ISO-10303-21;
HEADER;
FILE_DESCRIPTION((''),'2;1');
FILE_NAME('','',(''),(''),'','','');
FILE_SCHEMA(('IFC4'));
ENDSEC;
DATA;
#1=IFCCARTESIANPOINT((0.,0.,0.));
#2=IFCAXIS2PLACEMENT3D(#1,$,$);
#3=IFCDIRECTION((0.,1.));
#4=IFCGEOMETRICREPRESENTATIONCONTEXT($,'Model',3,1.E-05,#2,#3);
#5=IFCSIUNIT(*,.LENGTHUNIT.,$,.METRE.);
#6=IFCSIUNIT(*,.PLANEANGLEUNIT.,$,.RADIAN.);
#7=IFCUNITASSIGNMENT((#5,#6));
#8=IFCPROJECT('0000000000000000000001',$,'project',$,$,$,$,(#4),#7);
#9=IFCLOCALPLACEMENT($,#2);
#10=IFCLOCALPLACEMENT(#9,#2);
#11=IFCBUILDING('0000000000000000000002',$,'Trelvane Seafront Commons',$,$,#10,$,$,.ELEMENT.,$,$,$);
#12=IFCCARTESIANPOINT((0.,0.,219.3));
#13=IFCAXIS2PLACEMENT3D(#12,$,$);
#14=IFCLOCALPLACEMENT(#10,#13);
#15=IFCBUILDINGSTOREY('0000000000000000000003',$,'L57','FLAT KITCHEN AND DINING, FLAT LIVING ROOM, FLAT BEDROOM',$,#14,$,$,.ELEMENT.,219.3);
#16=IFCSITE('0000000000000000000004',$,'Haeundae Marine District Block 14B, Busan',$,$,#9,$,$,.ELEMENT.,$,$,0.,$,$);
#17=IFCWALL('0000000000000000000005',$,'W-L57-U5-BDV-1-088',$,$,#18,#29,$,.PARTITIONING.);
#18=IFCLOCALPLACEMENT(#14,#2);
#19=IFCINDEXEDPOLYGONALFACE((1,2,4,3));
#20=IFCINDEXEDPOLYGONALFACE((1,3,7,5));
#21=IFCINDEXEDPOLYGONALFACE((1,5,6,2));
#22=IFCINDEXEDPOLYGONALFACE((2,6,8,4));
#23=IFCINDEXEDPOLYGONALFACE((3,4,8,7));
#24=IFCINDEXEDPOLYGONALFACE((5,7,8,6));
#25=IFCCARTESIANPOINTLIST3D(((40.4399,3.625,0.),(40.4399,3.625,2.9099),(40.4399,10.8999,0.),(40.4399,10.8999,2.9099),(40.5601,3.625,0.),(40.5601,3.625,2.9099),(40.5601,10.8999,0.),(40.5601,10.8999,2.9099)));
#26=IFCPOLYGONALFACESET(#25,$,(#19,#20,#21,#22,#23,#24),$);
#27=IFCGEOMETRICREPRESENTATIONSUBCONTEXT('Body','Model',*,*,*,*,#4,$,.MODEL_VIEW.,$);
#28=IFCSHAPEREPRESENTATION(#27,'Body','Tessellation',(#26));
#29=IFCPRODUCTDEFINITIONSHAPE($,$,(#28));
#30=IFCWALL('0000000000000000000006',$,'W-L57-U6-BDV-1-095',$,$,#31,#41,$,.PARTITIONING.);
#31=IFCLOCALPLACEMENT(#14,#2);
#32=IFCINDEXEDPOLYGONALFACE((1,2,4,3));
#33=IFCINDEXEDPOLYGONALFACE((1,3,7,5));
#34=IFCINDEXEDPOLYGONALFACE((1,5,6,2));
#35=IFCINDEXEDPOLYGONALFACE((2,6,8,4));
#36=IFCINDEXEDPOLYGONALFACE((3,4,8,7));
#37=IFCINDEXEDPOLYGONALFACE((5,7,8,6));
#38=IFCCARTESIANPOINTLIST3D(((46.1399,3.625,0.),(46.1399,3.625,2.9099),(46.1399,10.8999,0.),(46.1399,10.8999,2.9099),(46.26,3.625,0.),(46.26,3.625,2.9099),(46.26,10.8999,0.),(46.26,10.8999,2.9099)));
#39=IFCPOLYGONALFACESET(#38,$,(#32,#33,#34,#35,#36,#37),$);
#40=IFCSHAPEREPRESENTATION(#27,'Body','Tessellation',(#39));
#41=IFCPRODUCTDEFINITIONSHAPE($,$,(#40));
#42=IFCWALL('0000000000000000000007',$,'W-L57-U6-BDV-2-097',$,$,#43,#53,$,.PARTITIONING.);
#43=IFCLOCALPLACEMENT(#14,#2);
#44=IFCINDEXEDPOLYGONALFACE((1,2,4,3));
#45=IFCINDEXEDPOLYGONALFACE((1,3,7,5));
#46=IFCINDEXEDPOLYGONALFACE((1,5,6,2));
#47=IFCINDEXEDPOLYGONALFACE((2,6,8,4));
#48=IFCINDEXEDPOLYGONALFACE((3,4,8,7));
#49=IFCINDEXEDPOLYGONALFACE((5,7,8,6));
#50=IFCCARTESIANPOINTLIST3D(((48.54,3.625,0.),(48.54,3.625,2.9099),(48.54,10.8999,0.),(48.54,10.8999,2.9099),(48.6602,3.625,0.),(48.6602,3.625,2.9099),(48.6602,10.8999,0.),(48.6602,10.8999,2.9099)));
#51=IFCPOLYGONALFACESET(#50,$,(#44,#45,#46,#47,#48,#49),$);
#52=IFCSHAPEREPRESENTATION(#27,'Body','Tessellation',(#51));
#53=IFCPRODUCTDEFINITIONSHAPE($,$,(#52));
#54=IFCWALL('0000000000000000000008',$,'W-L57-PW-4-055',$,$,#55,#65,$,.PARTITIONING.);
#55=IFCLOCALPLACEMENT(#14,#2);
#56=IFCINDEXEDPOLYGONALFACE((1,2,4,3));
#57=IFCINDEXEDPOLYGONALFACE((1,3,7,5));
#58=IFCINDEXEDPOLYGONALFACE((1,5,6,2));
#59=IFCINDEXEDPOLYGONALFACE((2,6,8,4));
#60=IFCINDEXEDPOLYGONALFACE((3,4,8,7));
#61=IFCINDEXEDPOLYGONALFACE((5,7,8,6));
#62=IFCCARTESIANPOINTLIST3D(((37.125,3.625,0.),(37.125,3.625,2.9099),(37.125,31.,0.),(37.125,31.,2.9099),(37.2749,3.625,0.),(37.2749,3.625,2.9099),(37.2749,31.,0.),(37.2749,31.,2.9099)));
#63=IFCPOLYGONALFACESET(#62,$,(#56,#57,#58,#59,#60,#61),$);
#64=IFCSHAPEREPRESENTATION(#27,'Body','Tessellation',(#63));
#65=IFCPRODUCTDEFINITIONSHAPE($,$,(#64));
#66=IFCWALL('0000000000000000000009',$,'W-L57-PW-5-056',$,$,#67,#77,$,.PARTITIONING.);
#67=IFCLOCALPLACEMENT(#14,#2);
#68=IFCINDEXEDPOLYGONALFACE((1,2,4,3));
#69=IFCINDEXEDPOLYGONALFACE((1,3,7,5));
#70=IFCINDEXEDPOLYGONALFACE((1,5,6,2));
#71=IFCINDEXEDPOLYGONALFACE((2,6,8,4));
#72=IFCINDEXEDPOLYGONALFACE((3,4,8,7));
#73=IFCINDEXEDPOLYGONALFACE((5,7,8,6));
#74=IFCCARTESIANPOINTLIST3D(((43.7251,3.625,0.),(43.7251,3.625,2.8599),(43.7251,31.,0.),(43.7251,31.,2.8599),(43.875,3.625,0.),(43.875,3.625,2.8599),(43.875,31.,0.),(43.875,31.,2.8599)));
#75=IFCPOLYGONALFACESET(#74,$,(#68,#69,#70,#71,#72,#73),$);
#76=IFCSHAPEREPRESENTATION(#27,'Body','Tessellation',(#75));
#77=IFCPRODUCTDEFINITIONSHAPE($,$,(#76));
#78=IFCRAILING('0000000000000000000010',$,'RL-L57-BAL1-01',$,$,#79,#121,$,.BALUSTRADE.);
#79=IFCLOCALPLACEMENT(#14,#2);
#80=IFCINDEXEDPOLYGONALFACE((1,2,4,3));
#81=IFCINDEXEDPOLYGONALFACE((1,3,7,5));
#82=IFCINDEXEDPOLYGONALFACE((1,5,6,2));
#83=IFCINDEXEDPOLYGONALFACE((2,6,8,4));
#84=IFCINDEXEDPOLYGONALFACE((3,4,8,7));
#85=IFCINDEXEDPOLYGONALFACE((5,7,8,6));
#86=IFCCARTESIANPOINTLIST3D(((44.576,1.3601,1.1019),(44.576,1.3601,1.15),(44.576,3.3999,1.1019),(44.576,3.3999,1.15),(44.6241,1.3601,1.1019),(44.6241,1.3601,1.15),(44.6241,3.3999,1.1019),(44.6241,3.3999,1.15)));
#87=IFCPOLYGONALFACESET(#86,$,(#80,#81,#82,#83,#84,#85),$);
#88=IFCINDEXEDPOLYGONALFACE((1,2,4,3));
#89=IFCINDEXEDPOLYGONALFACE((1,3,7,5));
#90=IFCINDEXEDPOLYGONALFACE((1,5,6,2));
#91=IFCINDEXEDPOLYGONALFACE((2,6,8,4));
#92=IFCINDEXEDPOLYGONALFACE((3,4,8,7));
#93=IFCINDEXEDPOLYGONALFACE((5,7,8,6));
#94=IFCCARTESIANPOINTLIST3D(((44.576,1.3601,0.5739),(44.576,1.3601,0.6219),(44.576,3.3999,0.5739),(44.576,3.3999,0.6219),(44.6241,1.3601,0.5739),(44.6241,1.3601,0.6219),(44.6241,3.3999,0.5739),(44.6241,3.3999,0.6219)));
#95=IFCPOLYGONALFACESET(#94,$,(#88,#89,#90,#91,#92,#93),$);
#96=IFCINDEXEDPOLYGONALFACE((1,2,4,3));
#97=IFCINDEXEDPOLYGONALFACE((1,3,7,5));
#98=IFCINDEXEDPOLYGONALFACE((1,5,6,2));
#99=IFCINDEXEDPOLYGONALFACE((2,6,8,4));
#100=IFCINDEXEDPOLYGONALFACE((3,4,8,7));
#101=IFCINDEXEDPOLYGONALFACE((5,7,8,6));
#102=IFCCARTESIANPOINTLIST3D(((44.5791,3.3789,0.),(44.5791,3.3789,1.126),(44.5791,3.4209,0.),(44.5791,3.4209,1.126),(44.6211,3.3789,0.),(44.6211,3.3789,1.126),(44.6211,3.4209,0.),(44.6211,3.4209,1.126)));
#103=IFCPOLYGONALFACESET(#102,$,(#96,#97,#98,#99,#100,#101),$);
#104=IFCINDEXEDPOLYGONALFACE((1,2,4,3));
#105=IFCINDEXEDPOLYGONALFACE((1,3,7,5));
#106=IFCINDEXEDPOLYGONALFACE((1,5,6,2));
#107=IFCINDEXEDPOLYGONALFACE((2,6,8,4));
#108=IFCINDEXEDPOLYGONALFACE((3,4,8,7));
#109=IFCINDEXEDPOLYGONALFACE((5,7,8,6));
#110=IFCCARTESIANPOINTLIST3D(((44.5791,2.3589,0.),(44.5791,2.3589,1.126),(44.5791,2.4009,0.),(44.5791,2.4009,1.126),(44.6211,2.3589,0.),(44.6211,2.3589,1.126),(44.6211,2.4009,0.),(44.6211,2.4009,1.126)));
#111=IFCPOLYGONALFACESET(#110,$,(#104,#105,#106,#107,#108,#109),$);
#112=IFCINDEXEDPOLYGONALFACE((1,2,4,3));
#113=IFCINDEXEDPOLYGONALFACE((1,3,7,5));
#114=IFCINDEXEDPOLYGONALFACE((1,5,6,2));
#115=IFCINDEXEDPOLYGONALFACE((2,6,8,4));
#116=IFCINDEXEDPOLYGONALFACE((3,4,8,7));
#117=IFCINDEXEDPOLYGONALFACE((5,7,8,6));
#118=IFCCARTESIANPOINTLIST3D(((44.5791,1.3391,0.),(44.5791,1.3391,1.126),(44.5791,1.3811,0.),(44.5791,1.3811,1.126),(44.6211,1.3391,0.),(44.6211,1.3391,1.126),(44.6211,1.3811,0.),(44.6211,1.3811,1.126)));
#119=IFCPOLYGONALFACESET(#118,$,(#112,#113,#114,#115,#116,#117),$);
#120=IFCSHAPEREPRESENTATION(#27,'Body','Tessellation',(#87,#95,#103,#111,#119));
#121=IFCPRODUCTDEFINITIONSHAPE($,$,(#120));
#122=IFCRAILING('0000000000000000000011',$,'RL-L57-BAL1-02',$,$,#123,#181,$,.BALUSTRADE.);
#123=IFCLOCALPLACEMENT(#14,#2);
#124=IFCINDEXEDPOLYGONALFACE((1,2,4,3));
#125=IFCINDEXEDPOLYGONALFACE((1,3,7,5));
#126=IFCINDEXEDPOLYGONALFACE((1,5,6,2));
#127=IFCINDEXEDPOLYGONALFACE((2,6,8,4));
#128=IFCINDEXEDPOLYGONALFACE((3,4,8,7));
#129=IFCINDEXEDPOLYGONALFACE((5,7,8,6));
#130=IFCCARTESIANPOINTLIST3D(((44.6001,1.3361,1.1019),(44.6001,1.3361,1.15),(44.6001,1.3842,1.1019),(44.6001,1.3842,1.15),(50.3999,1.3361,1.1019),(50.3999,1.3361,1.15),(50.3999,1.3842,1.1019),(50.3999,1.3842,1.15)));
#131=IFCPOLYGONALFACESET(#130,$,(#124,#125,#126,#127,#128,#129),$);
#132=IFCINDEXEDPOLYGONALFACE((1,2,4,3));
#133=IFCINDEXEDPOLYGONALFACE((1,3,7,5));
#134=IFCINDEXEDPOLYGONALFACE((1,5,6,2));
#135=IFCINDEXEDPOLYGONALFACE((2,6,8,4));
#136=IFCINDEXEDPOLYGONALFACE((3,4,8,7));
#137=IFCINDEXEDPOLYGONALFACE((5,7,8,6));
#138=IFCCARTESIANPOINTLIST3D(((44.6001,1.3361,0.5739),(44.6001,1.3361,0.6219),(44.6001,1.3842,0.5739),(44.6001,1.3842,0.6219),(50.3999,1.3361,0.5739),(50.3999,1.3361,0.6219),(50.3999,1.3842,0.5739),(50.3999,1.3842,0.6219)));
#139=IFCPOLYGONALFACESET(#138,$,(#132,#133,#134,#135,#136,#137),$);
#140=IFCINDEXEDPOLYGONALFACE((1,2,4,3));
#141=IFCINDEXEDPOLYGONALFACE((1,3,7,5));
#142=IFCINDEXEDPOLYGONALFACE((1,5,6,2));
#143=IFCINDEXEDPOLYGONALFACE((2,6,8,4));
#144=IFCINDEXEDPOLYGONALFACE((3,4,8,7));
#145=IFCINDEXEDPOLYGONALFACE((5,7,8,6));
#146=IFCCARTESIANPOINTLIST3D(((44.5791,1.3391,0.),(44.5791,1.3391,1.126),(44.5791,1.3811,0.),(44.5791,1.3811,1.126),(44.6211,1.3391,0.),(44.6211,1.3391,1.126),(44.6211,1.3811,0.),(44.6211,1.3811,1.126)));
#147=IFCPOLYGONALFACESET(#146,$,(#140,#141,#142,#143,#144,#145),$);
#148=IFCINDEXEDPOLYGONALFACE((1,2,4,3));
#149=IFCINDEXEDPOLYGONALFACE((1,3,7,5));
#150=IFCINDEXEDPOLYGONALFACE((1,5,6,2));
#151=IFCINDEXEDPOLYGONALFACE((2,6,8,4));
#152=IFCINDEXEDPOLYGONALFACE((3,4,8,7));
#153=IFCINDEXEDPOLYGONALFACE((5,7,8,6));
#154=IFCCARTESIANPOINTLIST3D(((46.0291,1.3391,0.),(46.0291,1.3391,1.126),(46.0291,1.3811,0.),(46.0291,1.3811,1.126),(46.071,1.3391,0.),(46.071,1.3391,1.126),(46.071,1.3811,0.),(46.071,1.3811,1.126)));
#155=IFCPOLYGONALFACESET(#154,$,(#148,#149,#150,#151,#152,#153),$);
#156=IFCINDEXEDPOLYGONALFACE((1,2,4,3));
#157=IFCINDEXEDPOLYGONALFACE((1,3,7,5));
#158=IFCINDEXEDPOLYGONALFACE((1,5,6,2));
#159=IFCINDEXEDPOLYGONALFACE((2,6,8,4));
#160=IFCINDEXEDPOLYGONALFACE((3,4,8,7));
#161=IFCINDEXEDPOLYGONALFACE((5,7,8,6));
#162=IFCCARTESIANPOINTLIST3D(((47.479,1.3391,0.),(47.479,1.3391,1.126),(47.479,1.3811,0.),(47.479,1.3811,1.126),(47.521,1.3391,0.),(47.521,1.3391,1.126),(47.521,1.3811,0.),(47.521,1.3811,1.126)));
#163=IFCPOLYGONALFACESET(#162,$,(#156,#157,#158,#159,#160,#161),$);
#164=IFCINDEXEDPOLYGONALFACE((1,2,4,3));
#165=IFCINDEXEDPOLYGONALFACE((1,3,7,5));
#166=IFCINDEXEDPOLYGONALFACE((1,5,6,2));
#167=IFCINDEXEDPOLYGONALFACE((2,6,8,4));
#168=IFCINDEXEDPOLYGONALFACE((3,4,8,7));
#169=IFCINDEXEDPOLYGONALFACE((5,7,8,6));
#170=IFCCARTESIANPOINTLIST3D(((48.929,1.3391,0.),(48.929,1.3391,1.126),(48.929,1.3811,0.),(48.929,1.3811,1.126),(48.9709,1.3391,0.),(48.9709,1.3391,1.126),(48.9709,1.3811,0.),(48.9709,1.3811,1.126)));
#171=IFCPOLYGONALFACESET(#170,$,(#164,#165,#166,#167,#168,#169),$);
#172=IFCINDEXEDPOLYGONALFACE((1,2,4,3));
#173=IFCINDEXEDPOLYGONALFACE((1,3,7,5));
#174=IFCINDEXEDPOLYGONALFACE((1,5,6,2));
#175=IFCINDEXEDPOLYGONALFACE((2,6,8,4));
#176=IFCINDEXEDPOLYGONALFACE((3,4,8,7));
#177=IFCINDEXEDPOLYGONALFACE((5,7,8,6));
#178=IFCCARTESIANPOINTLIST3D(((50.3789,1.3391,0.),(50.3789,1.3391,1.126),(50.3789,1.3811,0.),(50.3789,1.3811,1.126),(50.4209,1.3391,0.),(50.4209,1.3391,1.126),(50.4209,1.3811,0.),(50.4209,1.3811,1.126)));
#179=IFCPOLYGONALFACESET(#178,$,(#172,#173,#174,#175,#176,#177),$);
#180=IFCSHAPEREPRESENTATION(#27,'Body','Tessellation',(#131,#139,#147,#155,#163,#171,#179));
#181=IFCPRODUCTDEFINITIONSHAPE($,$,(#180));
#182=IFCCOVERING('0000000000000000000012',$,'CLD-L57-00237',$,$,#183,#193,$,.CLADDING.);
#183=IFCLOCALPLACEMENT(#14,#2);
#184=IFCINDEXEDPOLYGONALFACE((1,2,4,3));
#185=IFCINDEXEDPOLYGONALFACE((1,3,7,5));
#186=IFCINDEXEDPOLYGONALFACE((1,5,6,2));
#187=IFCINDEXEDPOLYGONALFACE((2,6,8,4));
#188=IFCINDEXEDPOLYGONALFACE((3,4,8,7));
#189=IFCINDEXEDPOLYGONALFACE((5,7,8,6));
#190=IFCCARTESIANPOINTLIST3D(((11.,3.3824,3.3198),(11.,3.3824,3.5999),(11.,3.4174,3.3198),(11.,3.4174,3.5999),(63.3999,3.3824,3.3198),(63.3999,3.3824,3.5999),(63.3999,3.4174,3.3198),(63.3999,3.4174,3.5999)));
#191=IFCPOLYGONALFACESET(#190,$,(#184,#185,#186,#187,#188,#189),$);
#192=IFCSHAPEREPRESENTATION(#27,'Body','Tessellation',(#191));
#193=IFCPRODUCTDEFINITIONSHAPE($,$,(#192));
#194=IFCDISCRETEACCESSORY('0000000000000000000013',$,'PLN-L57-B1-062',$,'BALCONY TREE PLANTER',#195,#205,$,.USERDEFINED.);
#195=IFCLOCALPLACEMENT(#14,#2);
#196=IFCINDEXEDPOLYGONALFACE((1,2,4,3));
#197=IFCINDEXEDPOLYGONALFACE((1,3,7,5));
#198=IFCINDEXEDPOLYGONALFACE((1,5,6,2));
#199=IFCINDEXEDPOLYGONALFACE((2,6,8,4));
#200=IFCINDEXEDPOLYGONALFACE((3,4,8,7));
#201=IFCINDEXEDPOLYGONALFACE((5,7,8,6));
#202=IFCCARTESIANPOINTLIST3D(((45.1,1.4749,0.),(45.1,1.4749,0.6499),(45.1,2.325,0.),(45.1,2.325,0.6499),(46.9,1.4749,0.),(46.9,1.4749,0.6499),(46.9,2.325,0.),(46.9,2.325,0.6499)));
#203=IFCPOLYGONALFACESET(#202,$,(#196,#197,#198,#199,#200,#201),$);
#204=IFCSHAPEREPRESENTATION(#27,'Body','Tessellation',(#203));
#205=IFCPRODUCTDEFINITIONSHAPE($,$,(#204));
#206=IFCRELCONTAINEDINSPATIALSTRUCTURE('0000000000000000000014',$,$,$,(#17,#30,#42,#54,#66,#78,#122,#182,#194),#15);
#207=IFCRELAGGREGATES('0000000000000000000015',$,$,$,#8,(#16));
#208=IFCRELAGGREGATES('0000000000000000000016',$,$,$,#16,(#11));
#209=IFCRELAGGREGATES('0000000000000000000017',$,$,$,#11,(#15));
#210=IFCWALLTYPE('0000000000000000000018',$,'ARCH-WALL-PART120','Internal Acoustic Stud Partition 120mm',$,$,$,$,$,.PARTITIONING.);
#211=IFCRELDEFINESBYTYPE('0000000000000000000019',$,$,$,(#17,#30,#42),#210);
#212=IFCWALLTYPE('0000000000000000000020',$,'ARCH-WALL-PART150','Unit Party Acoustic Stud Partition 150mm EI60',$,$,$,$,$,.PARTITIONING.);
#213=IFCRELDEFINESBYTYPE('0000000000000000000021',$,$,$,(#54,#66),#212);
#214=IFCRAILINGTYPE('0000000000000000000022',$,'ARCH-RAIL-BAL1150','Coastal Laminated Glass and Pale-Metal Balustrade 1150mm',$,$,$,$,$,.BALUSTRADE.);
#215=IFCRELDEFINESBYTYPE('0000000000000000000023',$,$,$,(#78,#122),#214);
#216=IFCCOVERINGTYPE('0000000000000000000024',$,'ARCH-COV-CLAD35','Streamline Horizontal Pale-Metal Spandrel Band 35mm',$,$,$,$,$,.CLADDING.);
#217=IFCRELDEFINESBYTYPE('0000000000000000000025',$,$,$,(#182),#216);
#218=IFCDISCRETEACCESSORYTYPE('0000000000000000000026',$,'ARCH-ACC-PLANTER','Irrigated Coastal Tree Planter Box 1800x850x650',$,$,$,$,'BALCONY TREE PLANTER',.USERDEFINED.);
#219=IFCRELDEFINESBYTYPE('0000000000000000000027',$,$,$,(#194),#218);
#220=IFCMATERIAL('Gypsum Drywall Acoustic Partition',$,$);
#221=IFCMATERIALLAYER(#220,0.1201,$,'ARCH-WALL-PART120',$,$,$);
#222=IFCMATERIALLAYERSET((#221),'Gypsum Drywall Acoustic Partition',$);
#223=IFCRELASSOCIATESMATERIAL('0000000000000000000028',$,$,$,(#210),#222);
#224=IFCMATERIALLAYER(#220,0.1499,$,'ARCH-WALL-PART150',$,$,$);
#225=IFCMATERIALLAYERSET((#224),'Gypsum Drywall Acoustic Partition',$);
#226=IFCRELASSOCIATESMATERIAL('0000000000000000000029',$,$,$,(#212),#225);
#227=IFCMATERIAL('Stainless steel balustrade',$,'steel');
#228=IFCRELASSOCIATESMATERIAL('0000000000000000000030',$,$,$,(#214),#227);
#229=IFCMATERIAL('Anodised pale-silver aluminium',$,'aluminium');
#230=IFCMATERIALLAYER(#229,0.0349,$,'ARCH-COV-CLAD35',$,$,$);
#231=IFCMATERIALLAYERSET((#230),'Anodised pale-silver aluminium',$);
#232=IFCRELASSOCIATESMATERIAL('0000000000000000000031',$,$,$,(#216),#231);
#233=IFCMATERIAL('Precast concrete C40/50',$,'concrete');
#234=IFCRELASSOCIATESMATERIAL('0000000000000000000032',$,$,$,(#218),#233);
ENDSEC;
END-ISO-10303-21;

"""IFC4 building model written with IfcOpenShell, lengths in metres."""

from ifc_helpers import new_model, si_unit, direction, frame, frame_2d, origin, origin_2d, place, context, subcontext, project, spatial, rectangle, extrude, source, transform, mapped, material, layer, layer_set, type_object, element, save


model = new_model("IFC4")

# Units and contexts
model_context = context("Model", 3, precision=1e-05, world=origin(), true_north=direction((0.0, 1.0)))
body_context = subcontext(model_context, "Body", "Model", "MODEL_VIEW")
ifc_project = project(units=[si_unit("LENGTHUNIT", "METRE"), si_unit("PLANEANGLEUNIT", "RADIAN")], contexts=[model_context])

# Site, building, storey
site_placement = place(None, origin())
site = spatial("IfcSite", under=ifc_project, at=site_placement, Name="Haeundae Marine District Block 14B, Busan", CompositionType="ELEMENT", RefElevation=0.0)
building_placement = place(site_placement, origin())
building = spatial("IfcBuilding", under=site, at=building_placement, Name="Trelvane Seafront Commons", CompositionType="ELEMENT")
storey_placement = place(building_placement, frame((0.0, 0.0, 219.3)))
storey = spatial("IfcBuildingStorey", under=building, at=storey_placement, Name="L57", Description="FLAT KITCHEN AND DINING, FLAT LIVING ROOM, FLAT BEDROOM", CompositionType="ELEMENT", Elevation=219.3)

# Shared definitions
ifc_material_1 = material(Name="Anodised pale-silver aluminium", Category="aluminium")

# Shared definitions
ifc_material_2 = material(Name="Gypsum Drywall Acoustic Partition")
ifc_layer_1 = layer(ifc_material_2, 0.1201, Name="ARCH-WALL-PART120")
ifc_layer_set_1 = layer_set([ifc_layer_1], Name="Gypsum Drywall Acoustic Partition")
wall_type_1 = type_object("IfcWallType", Name="ARCH-WALL-PART120", Description="Internal Acoustic Stud Partition 120mm", PredefinedType="PARTITIONING", material=ifc_layer_set_1)

# Wall
wall_1_placement = place(storey_placement, frame((40.5, 3.625, 0.0), z_axis=(0.0, 0.0, 1.0), x_axis=(0.0, 1.0, 0.0)))
element("IfcWall", 1, at=wall_1_placement, inside=storey, type_object=wall_type_1, Name="W-L57-U5-BDV-1-088", PredefinedType="PARTITIONING", context=body_context, shape_type="SweptSolid", body=[
    extrude(rectangle(XDim=7.2749, YDim=0.1201, at=frame_2d((3.6375, 0.0))), origin(), (0.0, 0.0, 1.0), 2.9099),
])

# Walls
for number, where, z_axis, x_axis, name in (
    (2, (46.2, 3.625, 0.0), (0.0, 0.0, 1.0), (0.0, 1.0, 0.0), "W-L57-U6-BDV-1-095"),
    (3, (48.6001, 3.625, 0.0), (0.0, 0.0, 1.0), (0.0, 1.0, 0.0), "W-L57-U6-BDV-2-097"),
):
    element("IfcWall", number, at=place(storey_placement, frame(where, z_axis=z_axis, x_axis=x_axis)), inside=storey, type_object=wall_type_1, Name=name, PredefinedType="PARTITIONING", context=body_context, shape_type="SweptSolid", body=[
        extrude(rectangle(XDim=7.2749, YDim=0.1201, at=frame_2d((3.6375, 0.0))), origin(), (0.0, 0.0, 1.0), 2.9099),
    ])
ifc_layer_2 = layer(ifc_material_2, 0.1499, Name="ARCH-WALL-PART150")
ifc_layer_set_2 = layer_set([ifc_layer_2], Name="Gypsum Drywall Acoustic Partition")
wall_type_2 = type_object("IfcWallType", Name="ARCH-WALL-PART150", Description="Unit Party Acoustic Stud Partition 150mm EI60", PredefinedType="PARTITIONING", material=ifc_layer_set_2)
wall_2_placement = place(storey_placement, frame((37.2, 3.625, 0.0), z_axis=(0.0, 0.0, 1.0), x_axis=(0.0, 1.0, 0.0)))
element("IfcWall", 4, at=wall_2_placement, inside=storey, type_object=wall_type_2, Name="W-L57-PW-4-055", PredefinedType="PARTITIONING", context=body_context, shape_type="SweptSolid", body=[
    extrude(rectangle(XDim=27.375, YDim=0.1499, at=frame_2d((13.6875, 0.0))), origin(), (0.0, 0.0, 1.0), 2.9099),
])
wall_3_placement = place(storey_placement, frame((43.8, 3.625, 0.0), z_axis=(0.0, 0.0, 1.0), x_axis=(0.0, 1.0, 0.0)))
element("IfcWall", 5, at=wall_3_placement, inside=storey, type_object=wall_type_2, Name="W-L57-PW-5-056", PredefinedType="PARTITIONING", context=body_context, shape_type="SweptSolid", body=[
    extrude(rectangle(XDim=27.375, YDim=0.1499, at=frame_2d((13.6875, 0.0))), origin(), (0.0, 0.0, 1.0), 2.8599),
])

# Railings
ifc_material_3 = material(Name="Stainless steel balustrade", Category="steel")
railing_type = type_object("IfcRailingType", Name="ARCH-RAIL-BAL1150", Description="Coastal Laminated Glass and Pale-Metal Balustrade 1150mm", PredefinedType="BALUSTRADE", material=ifc_material_3)
railing_1_placement = place(storey_placement, frame((44.6001, 3.3999, 0.0)))
element("IfcRailing", 6, at=railing_1_placement, inside=storey, type_object=railing_type, Name="RL-L57-BAL1-01", PredefinedType="BALUSTRADE", context=body_context, shape_type="SweptSolid", body=[
    extrude(rectangle(XDim=0.0481, YDim=0.0481, at=origin_2d()), frame((0.0, 0.0, 1.126), z_axis=(0.0, -1.0, 0.0), x_axis=(1.0, 0.0, 0.0)), (0.0, 0.0, 1.0), 2.0398),
    extrude(rectangle(XDim=0.0481, YDim=0.0481, at=origin_2d()), frame((0.0, 0.0, 0.5979), z_axis=(0.0, -1.0, 0.0), x_axis=(1.0, 0.0, 0.0)), (0.0, 0.0, 1.0), 2.0398),
    extrude(rectangle(XDim=0.042, YDim=0.042, at=origin_2d()), origin(), (0.0, 0.0, 1.0), 1.126),
    extrude(rectangle(XDim=0.042, YDim=0.042, at=origin_2d()), frame((0.0, -1.02, 0.0)), (0.0, 0.0, 1.0), 1.126),
    extrude(rectangle(XDim=0.042, YDim=0.042, at=origin_2d()), frame((0.0, -2.0398, 0.0)), (0.0, 0.0, 1.0), 1.126),
])
railing_2_placement = place(storey_placement, frame((44.6001, 1.3601, 0.0)))
element("IfcRailing", 7, at=railing_2_placement, inside=storey, type_object=railing_type, Name="RL-L57-BAL1-02", PredefinedType="BALUSTRADE", context=body_context, shape_type="SweptSolid", body=[
    extrude(rectangle(XDim=0.0481, YDim=0.0481, at=origin_2d()), frame((0.0, 0.0, 1.126), z_axis=(1.0, 0.0, 0.0), x_axis=(0.0, 1.0, 0.0)), (0.0, 0.0, 1.0), 5.7998),
    extrude(rectangle(XDim=0.0481, YDim=0.0481, at=origin_2d()), frame((0.0, 0.0, 0.5979), z_axis=(1.0, 0.0, 0.0), x_axis=(0.0, 1.0, 0.0)), (0.0, 0.0, 1.0), 5.7998),
    extrude(rectangle(XDim=0.042, YDim=0.042, at=origin_2d()), origin(), (0.0, 0.0, 1.0), 1.126),
    extrude(rectangle(XDim=0.042, YDim=0.042, at=origin_2d()), frame((1.45, 0.0, 0.0)), (0.0, 0.0, 1.0), 1.126),
    extrude(rectangle(XDim=0.042, YDim=0.042, at=origin_2d()), frame((2.8999, 0.0, 0.0)), (0.0, 0.0, 1.0), 1.126),
    extrude(rectangle(XDim=0.042, YDim=0.042, at=origin_2d()), frame((4.3499, 0.0, 0.0)), (0.0, 0.0, 1.0), 1.126),
    extrude(rectangle(XDim=0.042, YDim=0.042, at=origin_2d()), frame((5.7998, 0.0, 0.0)), (0.0, 0.0, 1.0), 1.126),
])

# Covering
ifc_layer_3 = layer(ifc_material_1, 0.0349, Name="ARCH-COV-CLAD35")
ifc_layer_set_3 = layer_set([ifc_layer_3], Name="Anodised pale-silver aluminium")
covering_type = type_object("IfcCoveringType", Name="ARCH-COV-CLAD35", Description="Streamline Horizontal Pale-Metal Spandrel Band 35mm", PredefinedType="CLADDING", material=ifc_layer_set_3)
shared_shape_1 = source(origin(), body_context, "Body", "SweptSolid", [
    extrude(rectangle(XDim=52.3999, YDim=0.0349, at=origin_2d()), origin(), (0.0, 0.0, 1.0), 0.28),
])
covering_placement = place(storey_placement, frame((37.2, 3.3999, 3.3198), z_axis=(0.0, 0.0, 1.0), x_axis=(-1.0, 0.0, 0.0)))
element("IfcCovering", 8, at=covering_placement, inside=storey, type_object=covering_type, Name="CLD-L57-00237", PredefinedType="CLADDING", context=body_context, shape_type="MappedRepresentation", body=[
    mapped(shared_shape_1, transform((0.0, 0.0, 0.0), x_axis=(1.0, 0.0, 0.0), y_axis=(0.0, 1.0, 0.0), z_axis=(0.0, 0.0, 1.0), scale=1.0)),
])

# Discrete accessory
ifc_material_4 = material(Name="Precast concrete C40/50", Category="concrete")
discrete_accessory_type = type_object("IfcDiscreteAccessoryType", Name="ARCH-ACC-PLANTER", Description="Irrigated Coastal Tree Planter Box 1800x850x650", ElementType="BALCONY TREE PLANTER", PredefinedType="USERDEFINED", material=ifc_material_4)
shared_shape_2 = source(origin(), body_context, "Body", "SweptSolid", [
    extrude(rectangle(XDim=1.8, YDim=0.8501, at=origin_2d()), origin(), (0.0, 0.0, 1.0), 0.6499),
])
discrete_accessory_placement = place(storey_placement, frame((46.0, 1.8999, 0.0), z_axis=(0.0, 0.0, 1.0), x_axis=(1.0, 0.0, 0.0)))
element("IfcDiscreteAccessory", 9, at=discrete_accessory_placement, inside=storey, type_object=discrete_accessory_type, Name="PLN-L57-B1-062", ObjectType="BALCONY TREE PLANTER", PredefinedType="USERDEFINED", context=body_context, shape_type="MappedRepresentation", body=[
    mapped(shared_shape_2, transform((0.0, 0.0, 0.0), x_axis=(1.0, 0.0, 0.0), y_axis=(0.0, 1.0, 0.0), z_axis=(0.0, 0.0, 1.0), scale=1.0)),
])

save(model, "model.ifc")
